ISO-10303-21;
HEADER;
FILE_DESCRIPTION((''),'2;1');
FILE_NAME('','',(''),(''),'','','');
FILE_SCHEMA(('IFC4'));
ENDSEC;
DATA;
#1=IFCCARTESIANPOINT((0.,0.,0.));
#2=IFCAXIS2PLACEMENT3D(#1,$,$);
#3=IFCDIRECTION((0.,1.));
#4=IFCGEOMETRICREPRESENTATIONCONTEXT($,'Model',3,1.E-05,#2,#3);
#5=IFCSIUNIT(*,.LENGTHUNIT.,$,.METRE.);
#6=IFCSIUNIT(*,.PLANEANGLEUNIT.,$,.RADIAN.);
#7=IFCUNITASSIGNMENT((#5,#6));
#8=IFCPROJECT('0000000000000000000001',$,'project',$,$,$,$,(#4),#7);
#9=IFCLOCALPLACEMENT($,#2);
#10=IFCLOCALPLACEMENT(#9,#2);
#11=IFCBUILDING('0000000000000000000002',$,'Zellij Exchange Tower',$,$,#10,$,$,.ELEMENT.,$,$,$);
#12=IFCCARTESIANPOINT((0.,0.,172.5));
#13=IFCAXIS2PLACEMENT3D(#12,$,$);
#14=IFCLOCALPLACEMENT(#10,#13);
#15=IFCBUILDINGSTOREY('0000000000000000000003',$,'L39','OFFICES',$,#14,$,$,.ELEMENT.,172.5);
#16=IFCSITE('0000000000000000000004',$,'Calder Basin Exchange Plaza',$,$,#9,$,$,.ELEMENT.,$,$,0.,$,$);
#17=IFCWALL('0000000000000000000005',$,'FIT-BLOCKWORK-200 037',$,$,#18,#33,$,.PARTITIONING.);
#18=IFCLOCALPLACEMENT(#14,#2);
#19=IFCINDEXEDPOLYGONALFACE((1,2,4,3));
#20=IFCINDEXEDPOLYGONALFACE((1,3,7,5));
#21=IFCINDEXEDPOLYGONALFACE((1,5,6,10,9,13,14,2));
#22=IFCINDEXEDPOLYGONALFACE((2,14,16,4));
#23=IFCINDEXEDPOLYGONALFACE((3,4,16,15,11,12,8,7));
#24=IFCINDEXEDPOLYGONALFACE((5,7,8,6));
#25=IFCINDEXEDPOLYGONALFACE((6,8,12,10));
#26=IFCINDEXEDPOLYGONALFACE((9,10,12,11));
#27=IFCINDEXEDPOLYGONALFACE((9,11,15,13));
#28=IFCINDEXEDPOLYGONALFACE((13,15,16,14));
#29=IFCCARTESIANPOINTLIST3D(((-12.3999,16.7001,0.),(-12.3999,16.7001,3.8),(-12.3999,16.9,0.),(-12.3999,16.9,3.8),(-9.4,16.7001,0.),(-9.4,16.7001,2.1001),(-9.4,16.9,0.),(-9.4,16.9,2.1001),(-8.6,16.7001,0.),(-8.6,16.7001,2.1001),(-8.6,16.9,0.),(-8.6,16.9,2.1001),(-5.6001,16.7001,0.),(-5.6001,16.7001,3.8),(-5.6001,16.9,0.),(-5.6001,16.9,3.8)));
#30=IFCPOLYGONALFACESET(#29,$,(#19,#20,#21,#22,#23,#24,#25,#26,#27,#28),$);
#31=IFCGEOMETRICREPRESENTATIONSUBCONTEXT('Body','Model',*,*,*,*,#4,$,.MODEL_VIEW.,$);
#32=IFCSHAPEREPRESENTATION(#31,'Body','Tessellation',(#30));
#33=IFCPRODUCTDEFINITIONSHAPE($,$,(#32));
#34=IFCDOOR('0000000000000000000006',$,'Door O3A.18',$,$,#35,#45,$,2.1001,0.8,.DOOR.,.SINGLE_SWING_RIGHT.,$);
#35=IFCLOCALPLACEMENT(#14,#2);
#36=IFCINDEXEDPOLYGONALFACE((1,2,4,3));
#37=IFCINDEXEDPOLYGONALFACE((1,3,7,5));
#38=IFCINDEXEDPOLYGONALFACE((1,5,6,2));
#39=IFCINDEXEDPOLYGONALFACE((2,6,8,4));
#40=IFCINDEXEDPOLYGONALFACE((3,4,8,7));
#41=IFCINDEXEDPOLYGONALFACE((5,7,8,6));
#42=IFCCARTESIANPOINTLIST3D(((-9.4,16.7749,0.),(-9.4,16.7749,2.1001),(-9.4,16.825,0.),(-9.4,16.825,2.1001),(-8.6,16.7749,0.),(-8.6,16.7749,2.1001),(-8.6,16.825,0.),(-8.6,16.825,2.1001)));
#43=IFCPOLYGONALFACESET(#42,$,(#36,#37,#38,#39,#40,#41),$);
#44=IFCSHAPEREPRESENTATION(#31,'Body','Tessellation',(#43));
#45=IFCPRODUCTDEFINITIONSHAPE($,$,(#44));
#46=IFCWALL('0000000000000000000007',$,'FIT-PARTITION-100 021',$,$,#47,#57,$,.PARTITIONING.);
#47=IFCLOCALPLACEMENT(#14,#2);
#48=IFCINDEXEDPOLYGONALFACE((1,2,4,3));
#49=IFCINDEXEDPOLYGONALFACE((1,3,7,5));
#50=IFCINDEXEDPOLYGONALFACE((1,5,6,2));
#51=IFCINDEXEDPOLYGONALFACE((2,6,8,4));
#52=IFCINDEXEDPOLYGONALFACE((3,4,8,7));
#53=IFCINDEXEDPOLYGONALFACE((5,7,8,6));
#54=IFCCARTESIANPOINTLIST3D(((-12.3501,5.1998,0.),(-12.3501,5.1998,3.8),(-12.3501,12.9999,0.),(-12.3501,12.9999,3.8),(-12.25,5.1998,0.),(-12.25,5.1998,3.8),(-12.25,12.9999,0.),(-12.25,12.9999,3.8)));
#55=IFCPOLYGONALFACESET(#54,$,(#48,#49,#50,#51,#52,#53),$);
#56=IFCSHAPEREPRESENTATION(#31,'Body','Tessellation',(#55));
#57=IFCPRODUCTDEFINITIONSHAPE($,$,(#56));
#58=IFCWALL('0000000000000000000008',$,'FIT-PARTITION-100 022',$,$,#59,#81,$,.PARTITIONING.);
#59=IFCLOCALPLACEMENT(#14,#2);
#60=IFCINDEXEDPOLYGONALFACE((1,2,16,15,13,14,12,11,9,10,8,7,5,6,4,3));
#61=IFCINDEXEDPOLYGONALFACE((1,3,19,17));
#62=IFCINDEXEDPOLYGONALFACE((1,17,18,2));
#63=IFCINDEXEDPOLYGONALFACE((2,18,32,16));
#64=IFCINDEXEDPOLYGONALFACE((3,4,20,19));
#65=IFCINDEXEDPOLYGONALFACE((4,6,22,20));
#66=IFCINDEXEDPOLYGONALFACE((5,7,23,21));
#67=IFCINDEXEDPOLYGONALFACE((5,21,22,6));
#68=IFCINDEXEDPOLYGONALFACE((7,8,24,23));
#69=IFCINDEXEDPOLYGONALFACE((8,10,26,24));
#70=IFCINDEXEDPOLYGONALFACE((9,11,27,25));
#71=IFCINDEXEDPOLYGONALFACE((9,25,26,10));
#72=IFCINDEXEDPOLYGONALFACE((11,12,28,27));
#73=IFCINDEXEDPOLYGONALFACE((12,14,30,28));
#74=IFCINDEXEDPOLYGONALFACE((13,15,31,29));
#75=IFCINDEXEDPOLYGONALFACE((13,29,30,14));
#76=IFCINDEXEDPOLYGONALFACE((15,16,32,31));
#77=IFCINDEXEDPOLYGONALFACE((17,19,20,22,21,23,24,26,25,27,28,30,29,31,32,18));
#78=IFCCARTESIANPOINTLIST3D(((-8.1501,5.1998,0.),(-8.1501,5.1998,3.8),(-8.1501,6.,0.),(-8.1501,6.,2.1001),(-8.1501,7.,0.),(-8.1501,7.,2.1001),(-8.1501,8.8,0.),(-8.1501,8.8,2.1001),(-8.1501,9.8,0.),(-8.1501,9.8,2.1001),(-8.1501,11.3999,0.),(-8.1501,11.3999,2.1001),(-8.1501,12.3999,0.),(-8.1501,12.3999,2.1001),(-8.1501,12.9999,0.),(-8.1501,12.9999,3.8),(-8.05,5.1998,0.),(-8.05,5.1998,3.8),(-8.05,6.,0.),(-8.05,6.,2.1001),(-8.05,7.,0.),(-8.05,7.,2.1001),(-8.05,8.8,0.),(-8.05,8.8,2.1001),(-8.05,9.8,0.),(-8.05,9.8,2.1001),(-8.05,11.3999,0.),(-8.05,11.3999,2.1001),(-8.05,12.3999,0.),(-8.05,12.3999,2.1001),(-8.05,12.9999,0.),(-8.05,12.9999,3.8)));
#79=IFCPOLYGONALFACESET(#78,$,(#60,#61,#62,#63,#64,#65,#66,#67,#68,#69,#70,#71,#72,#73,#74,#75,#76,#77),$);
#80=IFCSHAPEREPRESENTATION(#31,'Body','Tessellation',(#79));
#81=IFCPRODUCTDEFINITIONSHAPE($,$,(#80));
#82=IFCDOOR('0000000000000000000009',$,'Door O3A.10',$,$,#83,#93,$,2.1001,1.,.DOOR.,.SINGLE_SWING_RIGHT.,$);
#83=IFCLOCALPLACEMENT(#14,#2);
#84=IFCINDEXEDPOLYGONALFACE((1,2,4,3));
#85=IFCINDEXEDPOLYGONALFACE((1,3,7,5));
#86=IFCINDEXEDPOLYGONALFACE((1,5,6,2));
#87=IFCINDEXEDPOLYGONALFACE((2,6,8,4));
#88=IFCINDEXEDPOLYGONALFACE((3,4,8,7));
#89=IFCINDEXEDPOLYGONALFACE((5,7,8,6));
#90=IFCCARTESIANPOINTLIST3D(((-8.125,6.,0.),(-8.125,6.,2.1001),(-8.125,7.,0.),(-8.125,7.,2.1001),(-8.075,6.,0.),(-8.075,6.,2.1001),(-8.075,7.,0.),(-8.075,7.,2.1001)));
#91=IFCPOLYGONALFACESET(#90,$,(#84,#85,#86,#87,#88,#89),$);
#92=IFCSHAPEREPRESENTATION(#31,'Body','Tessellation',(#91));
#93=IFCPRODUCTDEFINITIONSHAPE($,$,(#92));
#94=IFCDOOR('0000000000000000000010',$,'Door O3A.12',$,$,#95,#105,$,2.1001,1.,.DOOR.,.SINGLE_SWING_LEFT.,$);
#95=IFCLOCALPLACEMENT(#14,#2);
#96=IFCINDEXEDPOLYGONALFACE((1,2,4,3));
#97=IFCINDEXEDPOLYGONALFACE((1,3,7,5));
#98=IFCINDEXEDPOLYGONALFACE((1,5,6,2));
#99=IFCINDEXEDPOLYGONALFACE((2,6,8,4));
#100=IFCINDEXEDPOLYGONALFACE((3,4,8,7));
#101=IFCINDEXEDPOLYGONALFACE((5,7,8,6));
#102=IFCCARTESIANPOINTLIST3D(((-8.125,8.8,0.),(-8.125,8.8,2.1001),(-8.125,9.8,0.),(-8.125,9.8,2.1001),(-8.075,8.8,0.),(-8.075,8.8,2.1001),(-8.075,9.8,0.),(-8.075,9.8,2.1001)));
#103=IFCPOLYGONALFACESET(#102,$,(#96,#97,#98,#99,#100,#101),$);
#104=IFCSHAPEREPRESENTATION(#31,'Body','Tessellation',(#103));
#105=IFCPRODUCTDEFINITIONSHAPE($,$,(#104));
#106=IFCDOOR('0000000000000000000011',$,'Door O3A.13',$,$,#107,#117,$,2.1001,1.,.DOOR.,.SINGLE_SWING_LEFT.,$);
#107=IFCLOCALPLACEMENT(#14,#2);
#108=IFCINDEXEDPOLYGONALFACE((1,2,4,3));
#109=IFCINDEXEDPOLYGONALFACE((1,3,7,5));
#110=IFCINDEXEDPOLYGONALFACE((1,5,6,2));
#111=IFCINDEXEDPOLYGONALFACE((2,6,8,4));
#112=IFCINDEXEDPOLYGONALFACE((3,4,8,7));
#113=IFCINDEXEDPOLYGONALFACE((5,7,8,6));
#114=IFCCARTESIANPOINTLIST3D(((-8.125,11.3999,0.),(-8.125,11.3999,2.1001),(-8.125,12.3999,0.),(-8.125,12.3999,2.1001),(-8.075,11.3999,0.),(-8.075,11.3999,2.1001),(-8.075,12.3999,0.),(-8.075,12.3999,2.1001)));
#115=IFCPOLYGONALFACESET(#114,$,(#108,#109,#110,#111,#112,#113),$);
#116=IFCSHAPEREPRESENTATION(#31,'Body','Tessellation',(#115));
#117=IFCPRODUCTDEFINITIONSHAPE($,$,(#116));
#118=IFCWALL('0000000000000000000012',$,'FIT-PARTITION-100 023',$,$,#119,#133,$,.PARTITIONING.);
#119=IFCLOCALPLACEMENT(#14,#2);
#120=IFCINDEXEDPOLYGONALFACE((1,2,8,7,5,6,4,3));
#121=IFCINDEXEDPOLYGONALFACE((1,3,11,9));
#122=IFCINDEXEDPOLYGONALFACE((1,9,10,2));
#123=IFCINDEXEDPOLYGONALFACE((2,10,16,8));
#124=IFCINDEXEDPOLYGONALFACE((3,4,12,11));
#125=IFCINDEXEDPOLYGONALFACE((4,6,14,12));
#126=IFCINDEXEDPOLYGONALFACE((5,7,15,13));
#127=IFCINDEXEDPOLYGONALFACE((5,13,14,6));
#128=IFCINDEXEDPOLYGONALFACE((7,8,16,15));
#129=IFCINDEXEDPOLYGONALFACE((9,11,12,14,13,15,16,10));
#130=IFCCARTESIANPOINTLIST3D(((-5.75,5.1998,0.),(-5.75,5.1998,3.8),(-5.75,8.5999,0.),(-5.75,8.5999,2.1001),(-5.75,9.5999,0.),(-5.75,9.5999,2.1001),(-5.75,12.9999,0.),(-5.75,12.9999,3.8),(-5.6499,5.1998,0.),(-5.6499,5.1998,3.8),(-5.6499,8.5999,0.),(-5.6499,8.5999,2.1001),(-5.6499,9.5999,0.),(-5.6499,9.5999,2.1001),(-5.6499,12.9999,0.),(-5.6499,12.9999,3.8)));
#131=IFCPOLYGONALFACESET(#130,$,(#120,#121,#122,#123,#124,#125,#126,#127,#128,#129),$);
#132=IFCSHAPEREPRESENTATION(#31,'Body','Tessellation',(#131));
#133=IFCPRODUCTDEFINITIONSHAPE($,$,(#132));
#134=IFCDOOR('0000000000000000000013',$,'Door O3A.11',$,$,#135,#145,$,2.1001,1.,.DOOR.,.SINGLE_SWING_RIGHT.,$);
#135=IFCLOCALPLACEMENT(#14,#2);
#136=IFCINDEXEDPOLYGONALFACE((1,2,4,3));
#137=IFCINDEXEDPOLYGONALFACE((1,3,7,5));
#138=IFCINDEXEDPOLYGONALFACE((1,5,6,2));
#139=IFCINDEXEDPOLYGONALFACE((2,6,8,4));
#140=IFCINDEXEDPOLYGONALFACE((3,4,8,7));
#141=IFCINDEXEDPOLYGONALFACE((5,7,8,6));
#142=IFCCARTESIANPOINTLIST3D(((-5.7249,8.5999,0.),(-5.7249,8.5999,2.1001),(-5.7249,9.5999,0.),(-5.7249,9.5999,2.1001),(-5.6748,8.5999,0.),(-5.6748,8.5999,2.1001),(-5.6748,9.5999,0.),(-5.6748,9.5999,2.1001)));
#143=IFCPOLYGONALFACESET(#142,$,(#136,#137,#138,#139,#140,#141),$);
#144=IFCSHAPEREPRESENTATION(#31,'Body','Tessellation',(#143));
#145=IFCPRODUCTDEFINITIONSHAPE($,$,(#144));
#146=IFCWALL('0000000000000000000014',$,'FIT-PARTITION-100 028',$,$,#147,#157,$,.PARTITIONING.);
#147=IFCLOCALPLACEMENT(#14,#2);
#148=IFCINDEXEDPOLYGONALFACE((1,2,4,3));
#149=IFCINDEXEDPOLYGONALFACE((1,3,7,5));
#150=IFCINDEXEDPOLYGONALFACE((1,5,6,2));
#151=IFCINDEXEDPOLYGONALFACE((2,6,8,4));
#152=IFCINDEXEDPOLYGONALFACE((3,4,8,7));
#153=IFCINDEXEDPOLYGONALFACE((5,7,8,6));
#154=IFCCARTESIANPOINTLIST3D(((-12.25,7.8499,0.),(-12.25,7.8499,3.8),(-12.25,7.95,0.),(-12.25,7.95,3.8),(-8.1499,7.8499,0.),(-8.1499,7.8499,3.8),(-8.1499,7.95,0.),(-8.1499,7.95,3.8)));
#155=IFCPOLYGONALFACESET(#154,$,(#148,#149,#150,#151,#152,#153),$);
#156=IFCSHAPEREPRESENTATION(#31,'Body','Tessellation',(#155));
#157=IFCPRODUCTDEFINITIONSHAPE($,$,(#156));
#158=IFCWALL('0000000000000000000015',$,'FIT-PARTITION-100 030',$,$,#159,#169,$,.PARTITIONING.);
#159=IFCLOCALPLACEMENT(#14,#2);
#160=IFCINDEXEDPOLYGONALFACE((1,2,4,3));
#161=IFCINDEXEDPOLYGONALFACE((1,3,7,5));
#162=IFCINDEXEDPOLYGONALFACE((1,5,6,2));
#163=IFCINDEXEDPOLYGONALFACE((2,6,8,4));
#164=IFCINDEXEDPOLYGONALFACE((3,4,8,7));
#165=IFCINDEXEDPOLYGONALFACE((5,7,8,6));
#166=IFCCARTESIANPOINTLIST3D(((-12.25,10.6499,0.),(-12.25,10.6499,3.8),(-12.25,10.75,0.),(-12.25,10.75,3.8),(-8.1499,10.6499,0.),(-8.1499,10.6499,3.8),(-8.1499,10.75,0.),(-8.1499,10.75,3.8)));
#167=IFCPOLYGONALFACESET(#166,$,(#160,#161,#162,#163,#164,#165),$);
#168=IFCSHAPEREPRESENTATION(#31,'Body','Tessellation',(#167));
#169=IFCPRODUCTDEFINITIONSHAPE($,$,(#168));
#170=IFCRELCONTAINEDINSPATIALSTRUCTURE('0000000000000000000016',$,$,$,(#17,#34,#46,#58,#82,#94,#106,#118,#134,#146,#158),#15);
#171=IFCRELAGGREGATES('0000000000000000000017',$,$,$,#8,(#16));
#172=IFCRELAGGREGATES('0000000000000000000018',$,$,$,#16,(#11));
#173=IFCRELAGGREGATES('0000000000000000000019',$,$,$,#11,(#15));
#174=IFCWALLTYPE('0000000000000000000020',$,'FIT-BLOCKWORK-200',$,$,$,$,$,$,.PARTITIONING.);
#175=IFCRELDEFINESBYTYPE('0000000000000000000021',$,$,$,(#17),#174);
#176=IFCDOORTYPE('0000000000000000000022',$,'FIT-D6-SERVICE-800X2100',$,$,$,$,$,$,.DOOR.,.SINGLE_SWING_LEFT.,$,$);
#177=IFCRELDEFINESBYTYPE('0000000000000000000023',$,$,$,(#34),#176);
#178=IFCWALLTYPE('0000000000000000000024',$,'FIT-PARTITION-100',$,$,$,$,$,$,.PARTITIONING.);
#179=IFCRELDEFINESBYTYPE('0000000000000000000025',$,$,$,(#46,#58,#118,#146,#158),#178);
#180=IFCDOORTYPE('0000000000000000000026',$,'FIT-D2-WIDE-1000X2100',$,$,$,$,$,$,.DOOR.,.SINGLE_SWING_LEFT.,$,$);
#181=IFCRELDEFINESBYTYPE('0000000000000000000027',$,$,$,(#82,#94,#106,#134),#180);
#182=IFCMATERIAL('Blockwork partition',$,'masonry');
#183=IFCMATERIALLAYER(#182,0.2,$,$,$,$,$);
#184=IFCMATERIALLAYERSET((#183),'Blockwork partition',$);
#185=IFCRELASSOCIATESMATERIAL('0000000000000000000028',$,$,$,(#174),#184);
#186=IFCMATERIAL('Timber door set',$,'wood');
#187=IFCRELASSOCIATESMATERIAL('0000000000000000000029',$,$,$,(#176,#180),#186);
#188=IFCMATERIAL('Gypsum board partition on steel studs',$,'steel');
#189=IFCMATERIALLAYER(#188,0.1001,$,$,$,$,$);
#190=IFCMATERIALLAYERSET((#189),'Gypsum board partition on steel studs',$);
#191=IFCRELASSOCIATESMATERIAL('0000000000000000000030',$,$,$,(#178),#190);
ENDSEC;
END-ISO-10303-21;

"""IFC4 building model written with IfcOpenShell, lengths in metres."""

from ifc_helpers import new_model, si_unit, direction, frame, frame_2d, origin, place, context, subcontext, project, spatial, rectangle, extrude, material, layer, layer_set, type_object, element, fill, save


model = new_model("IFC4")

# Units and contexts
model_context = context("Model", 3, precision=1e-05, world=origin(), true_north=direction((0.0, 1.0)))
body_context = subcontext(model_context, "Body", "Model", "MODEL_VIEW")
ifc_project = project(units=[si_unit("LENGTHUNIT", "METRE"), si_unit("PLANEANGLEUNIT", "RADIAN")], contexts=[model_context])

# Site, building, storey
site_placement = place(None, origin())
site = spatial("IfcSite", under=ifc_project, at=site_placement, Name="Calder Basin Exchange Plaza", CompositionType="ELEMENT", RefElevation=0.0)
building_placement = place(site_placement, origin())
building = spatial("IfcBuilding", under=site, at=building_placement, Name="Zellij Exchange Tower", CompositionType="ELEMENT")
storey_placement = place(building_placement, frame((0.0, 0.0, 172.5)))
storey = spatial("IfcBuildingStorey", under=building, at=storey_placement, Name="L39", Description="OFFICES", CompositionType="ELEMENT", Elevation=172.5)

# Shared definitions
ifc_material_1 = material(Name="Blockwork partition", Category="masonry")
ifc_layer_1 = layer(ifc_material_1, 0.2)
ifc_layer_set_1 = layer_set([ifc_layer_1], Name="Blockwork partition")
wall_type_1 = type_object("IfcWallType", Name="FIT-BLOCKWORK-200", PredefinedType="PARTITIONING", material=ifc_layer_set_1)

# Wall, opening, door
wall_1_placement = place(storey_placement, frame((-12.3999, 16.8, 0.0), z_axis=(0.0, 0.0, 1.0), x_axis=(1.0, 0.0, 0.0)))
wall_1 = element("IfcWall", 1, at=wall_1_placement, inside=storey, type_object=wall_type_1, Name="FIT-BLOCKWORK-200 037", PredefinedType="PARTITIONING", context=body_context, shape_type="SweptSolid", body=[
    extrude(rectangle(XDim=6.7998, YDim=0.2, at=frame_2d((3.3999, 0.0))), origin(), (0.0, 0.0, 1.0), 3.8),
])
opening_1_placement = place(wall_1_placement, frame((3.0, 0.0, 0.0)))
opening_1 = element("IfcOpeningElement", 2, at=opening_1_placement, cuts=wall_1, PredefinedType="OPENING", context=body_context, shape_type="SweptSolid", body=[
    extrude(rectangle(XDim=0.8, YDim=2.1001, at=frame_2d((0.3999, 1.05))), frame((0.0, 0.1118, 0.0), z_axis=(0.0, -1.0, 0.0), x_axis=(1.0, 0.0, 0.0)), (0.0, 0.0, 1.0), 0.2239),
])
ifc_material_2 = material(Name="Timber door set", Category="wood")
door_type_1 = type_object("IfcDoorType", Name="FIT-D6-SERVICE-800X2100", OperationType="SINGLE_SWING_LEFT", PredefinedType="DOOR", material=ifc_material_2)
door_1_placement = place(opening_1_placement, origin())
door_1 = element("IfcDoor", 3, at=door_1_placement, inside=storey, type_object=door_type_1, Name="Door O3A.18", OperationType="SINGLE_SWING_RIGHT", OverallHeight=2.1001, OverallWidth=0.8, PredefinedType="DOOR", context=body_context, shape_type="SweptSolid", body=[
    extrude(rectangle(XDim=0.8, YDim=2.1001, at=frame_2d((0.3999, 1.05))), frame((0.0, 0.0249, 0.0), z_axis=(0.0, -1.0, 0.0), x_axis=(1.0, 0.0, 0.0)), (0.0, 0.0, 1.0), 0.05),
])
fill(opening_1, door_1)

# Wall
ifc_material_3 = material(Name="Gypsum board partition on steel studs", Category="steel")
ifc_layer_2 = layer(ifc_material_3, 0.1001)
ifc_layer_set_2 = layer_set([ifc_layer_2], Name="Gypsum board partition on steel studs")
wall_type_2 = type_object("IfcWallType", Name="FIT-PARTITION-100", PredefinedType="PARTITIONING", material=ifc_layer_set_2)
wall_2_placement = place(storey_placement, frame((-12.3, 5.2, 0.0), z_axis=(0.0, 0.0, 1.0), x_axis=(0.0, 1.0, 0.0)))
element("IfcWall", 4, at=wall_2_placement, inside=storey, type_object=wall_type_2, Name="FIT-PARTITION-100 021", PredefinedType="PARTITIONING", context=body_context, shape_type="SweptSolid", body=[
    extrude(rectangle(XDim=7.8, YDim=0.1001, at=frame_2d((3.8999, 0.0))), origin(), (0.0, 0.0, 1.0), 3.8),
])

# Wall, openings, doors
wall_3_placement = place(storey_placement, frame((-8.1001, 5.2, 0.0), z_axis=(0.0, 0.0, 1.0), x_axis=(0.0, 1.0, 0.0)))
wall_3 = element("IfcWall", 5, at=wall_3_placement, inside=storey, type_object=wall_type_2, Name="FIT-PARTITION-100 022", PredefinedType="PARTITIONING", context=body_context, shape_type="SweptSolid", body=[
    extrude(rectangle(XDim=7.8, YDim=0.1001, at=frame_2d((3.8999, 0.0))), origin(), (0.0, 0.0, 1.0), 3.8),
])
opening_2_placement = place(wall_3_placement, frame((0.8, 0.0, 0.0)))
opening_2 = element("IfcOpeningElement", 6, at=opening_2_placement, cuts=wall_3, PredefinedType="OPENING", context=body_context, shape_type="SweptSolid", body=[
    extrude(rectangle(XDim=1.0, YDim=2.1001, at=frame_2d((0.5, 1.05))), frame((0.0, 0.062, 0.0), z_axis=(0.0, -1.0, 0.0), x_axis=(1.0, 0.0, 0.0)), (0.0, 0.0, 1.0), 0.124),
])
opening_3_placement = place(wall_3_placement, frame((3.6001, 0.0, 0.0)))
opening_3 = element("IfcOpeningElement", 7, at=opening_3_placement, cuts=wall_3, PredefinedType="OPENING", context=body_context, shape_type="SweptSolid", body=[
    extrude(rectangle(XDim=1.0, YDim=2.1001, at=frame_2d((0.5, 1.05))), frame((0.0, 0.062, 0.0), z_axis=(0.0, -1.0, 0.0), x_axis=(1.0, 0.0, 0.0)), (0.0, 0.0, 1.0), 0.124),
])
opening_4_placement = place(wall_3_placement, frame((6.2, 0.0, 0.0)))
opening_4 = element("IfcOpeningElement", 8, at=opening_4_placement, cuts=wall_3, PredefinedType="OPENING", context=body_context, shape_type="SweptSolid", body=[
    extrude(rectangle(XDim=1.0, YDim=2.1001, at=frame_2d((0.5, 1.05))), frame((0.0, 0.062, 0.0), z_axis=(0.0, -1.0, 0.0), x_axis=(1.0, 0.0, 0.0)), (0.0, 0.0, 1.0), 0.124),
])
door_type_2 = type_object("IfcDoorType", Name="FIT-D2-WIDE-1000X2100", OperationType="SINGLE_SWING_LEFT", PredefinedType="DOOR", material=ifc_material_2)
door_2_placement = place(opening_2_placement, origin())
door_2 = element("IfcDoor", 9, at=door_2_placement, inside=storey, type_object=door_type_2, Name="Door O3A.10", OperationType="SINGLE_SWING_RIGHT", OverallHeight=2.1001, OverallWidth=1.0, PredefinedType="DOOR", context=body_context, shape_type="SweptSolid", body=[
    extrude(rectangle(XDim=1.0, YDim=2.1001, at=frame_2d((0.5, 1.05))), frame((0.0, 0.0249, 0.0), z_axis=(0.0, -1.0, 0.0), x_axis=(1.0, 0.0, 0.0)), (0.0, 0.0, 1.0), 0.05),
])
fill(opening_2, door_2)
door_3_placement = place(opening_3_placement, origin())
door_3 = element("IfcDoor", 10, at=door_3_placement, inside=storey, type_object=door_type_2, Name="Door O3A.12", OperationType="SINGLE_SWING_LEFT", OverallHeight=2.1001, OverallWidth=1.0, PredefinedType="DOOR", context=body_context, shape_type="SweptSolid", body=[
    extrude(rectangle(XDim=1.0, YDim=2.1001, at=frame_2d((0.5, 1.05))), frame((0.0, 0.0249, 0.0), z_axis=(0.0, -1.0, 0.0), x_axis=(1.0, 0.0, 0.0)), (0.0, 0.0, 1.0), 0.05),
])
fill(opening_3, door_3)
door_4_placement = place(opening_4_placement, origin())
door_4 = element("IfcDoor", 11, at=door_4_placement, inside=storey, type_object=door_type_2, Name="Door O3A.13", OperationType="SINGLE_SWING_LEFT", OverallHeight=2.1001, OverallWidth=1.0, PredefinedType="DOOR", context=body_context, shape_type="SweptSolid", body=[
    extrude(rectangle(XDim=1.0, YDim=2.1001, at=frame_2d((0.5, 1.05))), frame((0.0, 0.0249, 0.0), z_axis=(0.0, -1.0, 0.0), x_axis=(1.0, 0.0, 0.0)), (0.0, 0.0, 1.0), 0.05),
])
fill(opening_4, door_4)

# Wall, opening, door
wall_4_placement = place(storey_placement, frame((-5.7, 5.2, 0.0), z_axis=(0.0, 0.0, 1.0), x_axis=(0.0, 1.0, 0.0)))
wall_4 = element("IfcWall", 12, at=wall_4_placement, inside=storey, type_object=wall_type_2, Name="FIT-PARTITION-100 023", PredefinedType="PARTITIONING", context=body_context, shape_type="SweptSolid", body=[
    extrude(rectangle(XDim=7.8, YDim=0.1001, at=frame_2d((3.8999, 0.0))), origin(), (0.0, 0.0, 1.0), 3.8),
])
opening_5_placement = place(wall_4_placement, frame((3.3999, 0.0, 0.0)))
opening_5 = element("IfcOpeningElement", 13, at=opening_5_placement, cuts=wall_4, PredefinedType="OPENING", context=body_context, shape_type="SweptSolid", body=[
    extrude(rectangle(XDim=1.0, YDim=2.1001, at=frame_2d((0.5, 1.05))), frame((0.0, 0.062, 0.0), z_axis=(0.0, -1.0, 0.0), x_axis=(1.0, 0.0, 0.0)), (0.0, 0.0, 1.0), 0.124),
])
door_5_placement = place(opening_5_placement, origin())
door_5 = element("IfcDoor", 14, at=door_5_placement, inside=storey, type_object=door_type_2, Name="Door O3A.11", OperationType="SINGLE_SWING_RIGHT", OverallHeight=2.1001, OverallWidth=1.0, PredefinedType="DOOR", context=body_context, shape_type="SweptSolid", body=[
    extrude(rectangle(XDim=1.0, YDim=2.1001, at=frame_2d((0.5, 1.05))), frame((0.0, 0.0249, 0.0), z_axis=(0.0, -1.0, 0.0), x_axis=(1.0, 0.0, 0.0)), (0.0, 0.0, 1.0), 0.05),
])
fill(opening_5, door_5)

# Walls
for number, where, z_axis, x_axis, name in (
    (15, (-12.25, 7.8999, 0.0), (0.0, 0.0, 1.0), (1.0, 0.0, 0.0), "FIT-PARTITION-100 028"),
    (16, (-12.25, 10.7, 0.0), (0.0, 0.0, 1.0), (1.0, 0.0, 0.0), "FIT-PARTITION-100 030"),
):
    element("IfcWall", number, at=place(storey_placement, frame(where, z_axis=z_axis, x_axis=x_axis)), inside=storey, type_object=wall_type_2, Name=name, PredefinedType="PARTITIONING", context=body_context, shape_type="SweptSolid", body=[
        extrude(rectangle(XDim=4.1001, YDim=0.1001, at=frame_2d((2.05, 0.0))), origin(), (0.0, 0.0, 1.0), 3.8),
    ])

save(model, "model.ifc")
